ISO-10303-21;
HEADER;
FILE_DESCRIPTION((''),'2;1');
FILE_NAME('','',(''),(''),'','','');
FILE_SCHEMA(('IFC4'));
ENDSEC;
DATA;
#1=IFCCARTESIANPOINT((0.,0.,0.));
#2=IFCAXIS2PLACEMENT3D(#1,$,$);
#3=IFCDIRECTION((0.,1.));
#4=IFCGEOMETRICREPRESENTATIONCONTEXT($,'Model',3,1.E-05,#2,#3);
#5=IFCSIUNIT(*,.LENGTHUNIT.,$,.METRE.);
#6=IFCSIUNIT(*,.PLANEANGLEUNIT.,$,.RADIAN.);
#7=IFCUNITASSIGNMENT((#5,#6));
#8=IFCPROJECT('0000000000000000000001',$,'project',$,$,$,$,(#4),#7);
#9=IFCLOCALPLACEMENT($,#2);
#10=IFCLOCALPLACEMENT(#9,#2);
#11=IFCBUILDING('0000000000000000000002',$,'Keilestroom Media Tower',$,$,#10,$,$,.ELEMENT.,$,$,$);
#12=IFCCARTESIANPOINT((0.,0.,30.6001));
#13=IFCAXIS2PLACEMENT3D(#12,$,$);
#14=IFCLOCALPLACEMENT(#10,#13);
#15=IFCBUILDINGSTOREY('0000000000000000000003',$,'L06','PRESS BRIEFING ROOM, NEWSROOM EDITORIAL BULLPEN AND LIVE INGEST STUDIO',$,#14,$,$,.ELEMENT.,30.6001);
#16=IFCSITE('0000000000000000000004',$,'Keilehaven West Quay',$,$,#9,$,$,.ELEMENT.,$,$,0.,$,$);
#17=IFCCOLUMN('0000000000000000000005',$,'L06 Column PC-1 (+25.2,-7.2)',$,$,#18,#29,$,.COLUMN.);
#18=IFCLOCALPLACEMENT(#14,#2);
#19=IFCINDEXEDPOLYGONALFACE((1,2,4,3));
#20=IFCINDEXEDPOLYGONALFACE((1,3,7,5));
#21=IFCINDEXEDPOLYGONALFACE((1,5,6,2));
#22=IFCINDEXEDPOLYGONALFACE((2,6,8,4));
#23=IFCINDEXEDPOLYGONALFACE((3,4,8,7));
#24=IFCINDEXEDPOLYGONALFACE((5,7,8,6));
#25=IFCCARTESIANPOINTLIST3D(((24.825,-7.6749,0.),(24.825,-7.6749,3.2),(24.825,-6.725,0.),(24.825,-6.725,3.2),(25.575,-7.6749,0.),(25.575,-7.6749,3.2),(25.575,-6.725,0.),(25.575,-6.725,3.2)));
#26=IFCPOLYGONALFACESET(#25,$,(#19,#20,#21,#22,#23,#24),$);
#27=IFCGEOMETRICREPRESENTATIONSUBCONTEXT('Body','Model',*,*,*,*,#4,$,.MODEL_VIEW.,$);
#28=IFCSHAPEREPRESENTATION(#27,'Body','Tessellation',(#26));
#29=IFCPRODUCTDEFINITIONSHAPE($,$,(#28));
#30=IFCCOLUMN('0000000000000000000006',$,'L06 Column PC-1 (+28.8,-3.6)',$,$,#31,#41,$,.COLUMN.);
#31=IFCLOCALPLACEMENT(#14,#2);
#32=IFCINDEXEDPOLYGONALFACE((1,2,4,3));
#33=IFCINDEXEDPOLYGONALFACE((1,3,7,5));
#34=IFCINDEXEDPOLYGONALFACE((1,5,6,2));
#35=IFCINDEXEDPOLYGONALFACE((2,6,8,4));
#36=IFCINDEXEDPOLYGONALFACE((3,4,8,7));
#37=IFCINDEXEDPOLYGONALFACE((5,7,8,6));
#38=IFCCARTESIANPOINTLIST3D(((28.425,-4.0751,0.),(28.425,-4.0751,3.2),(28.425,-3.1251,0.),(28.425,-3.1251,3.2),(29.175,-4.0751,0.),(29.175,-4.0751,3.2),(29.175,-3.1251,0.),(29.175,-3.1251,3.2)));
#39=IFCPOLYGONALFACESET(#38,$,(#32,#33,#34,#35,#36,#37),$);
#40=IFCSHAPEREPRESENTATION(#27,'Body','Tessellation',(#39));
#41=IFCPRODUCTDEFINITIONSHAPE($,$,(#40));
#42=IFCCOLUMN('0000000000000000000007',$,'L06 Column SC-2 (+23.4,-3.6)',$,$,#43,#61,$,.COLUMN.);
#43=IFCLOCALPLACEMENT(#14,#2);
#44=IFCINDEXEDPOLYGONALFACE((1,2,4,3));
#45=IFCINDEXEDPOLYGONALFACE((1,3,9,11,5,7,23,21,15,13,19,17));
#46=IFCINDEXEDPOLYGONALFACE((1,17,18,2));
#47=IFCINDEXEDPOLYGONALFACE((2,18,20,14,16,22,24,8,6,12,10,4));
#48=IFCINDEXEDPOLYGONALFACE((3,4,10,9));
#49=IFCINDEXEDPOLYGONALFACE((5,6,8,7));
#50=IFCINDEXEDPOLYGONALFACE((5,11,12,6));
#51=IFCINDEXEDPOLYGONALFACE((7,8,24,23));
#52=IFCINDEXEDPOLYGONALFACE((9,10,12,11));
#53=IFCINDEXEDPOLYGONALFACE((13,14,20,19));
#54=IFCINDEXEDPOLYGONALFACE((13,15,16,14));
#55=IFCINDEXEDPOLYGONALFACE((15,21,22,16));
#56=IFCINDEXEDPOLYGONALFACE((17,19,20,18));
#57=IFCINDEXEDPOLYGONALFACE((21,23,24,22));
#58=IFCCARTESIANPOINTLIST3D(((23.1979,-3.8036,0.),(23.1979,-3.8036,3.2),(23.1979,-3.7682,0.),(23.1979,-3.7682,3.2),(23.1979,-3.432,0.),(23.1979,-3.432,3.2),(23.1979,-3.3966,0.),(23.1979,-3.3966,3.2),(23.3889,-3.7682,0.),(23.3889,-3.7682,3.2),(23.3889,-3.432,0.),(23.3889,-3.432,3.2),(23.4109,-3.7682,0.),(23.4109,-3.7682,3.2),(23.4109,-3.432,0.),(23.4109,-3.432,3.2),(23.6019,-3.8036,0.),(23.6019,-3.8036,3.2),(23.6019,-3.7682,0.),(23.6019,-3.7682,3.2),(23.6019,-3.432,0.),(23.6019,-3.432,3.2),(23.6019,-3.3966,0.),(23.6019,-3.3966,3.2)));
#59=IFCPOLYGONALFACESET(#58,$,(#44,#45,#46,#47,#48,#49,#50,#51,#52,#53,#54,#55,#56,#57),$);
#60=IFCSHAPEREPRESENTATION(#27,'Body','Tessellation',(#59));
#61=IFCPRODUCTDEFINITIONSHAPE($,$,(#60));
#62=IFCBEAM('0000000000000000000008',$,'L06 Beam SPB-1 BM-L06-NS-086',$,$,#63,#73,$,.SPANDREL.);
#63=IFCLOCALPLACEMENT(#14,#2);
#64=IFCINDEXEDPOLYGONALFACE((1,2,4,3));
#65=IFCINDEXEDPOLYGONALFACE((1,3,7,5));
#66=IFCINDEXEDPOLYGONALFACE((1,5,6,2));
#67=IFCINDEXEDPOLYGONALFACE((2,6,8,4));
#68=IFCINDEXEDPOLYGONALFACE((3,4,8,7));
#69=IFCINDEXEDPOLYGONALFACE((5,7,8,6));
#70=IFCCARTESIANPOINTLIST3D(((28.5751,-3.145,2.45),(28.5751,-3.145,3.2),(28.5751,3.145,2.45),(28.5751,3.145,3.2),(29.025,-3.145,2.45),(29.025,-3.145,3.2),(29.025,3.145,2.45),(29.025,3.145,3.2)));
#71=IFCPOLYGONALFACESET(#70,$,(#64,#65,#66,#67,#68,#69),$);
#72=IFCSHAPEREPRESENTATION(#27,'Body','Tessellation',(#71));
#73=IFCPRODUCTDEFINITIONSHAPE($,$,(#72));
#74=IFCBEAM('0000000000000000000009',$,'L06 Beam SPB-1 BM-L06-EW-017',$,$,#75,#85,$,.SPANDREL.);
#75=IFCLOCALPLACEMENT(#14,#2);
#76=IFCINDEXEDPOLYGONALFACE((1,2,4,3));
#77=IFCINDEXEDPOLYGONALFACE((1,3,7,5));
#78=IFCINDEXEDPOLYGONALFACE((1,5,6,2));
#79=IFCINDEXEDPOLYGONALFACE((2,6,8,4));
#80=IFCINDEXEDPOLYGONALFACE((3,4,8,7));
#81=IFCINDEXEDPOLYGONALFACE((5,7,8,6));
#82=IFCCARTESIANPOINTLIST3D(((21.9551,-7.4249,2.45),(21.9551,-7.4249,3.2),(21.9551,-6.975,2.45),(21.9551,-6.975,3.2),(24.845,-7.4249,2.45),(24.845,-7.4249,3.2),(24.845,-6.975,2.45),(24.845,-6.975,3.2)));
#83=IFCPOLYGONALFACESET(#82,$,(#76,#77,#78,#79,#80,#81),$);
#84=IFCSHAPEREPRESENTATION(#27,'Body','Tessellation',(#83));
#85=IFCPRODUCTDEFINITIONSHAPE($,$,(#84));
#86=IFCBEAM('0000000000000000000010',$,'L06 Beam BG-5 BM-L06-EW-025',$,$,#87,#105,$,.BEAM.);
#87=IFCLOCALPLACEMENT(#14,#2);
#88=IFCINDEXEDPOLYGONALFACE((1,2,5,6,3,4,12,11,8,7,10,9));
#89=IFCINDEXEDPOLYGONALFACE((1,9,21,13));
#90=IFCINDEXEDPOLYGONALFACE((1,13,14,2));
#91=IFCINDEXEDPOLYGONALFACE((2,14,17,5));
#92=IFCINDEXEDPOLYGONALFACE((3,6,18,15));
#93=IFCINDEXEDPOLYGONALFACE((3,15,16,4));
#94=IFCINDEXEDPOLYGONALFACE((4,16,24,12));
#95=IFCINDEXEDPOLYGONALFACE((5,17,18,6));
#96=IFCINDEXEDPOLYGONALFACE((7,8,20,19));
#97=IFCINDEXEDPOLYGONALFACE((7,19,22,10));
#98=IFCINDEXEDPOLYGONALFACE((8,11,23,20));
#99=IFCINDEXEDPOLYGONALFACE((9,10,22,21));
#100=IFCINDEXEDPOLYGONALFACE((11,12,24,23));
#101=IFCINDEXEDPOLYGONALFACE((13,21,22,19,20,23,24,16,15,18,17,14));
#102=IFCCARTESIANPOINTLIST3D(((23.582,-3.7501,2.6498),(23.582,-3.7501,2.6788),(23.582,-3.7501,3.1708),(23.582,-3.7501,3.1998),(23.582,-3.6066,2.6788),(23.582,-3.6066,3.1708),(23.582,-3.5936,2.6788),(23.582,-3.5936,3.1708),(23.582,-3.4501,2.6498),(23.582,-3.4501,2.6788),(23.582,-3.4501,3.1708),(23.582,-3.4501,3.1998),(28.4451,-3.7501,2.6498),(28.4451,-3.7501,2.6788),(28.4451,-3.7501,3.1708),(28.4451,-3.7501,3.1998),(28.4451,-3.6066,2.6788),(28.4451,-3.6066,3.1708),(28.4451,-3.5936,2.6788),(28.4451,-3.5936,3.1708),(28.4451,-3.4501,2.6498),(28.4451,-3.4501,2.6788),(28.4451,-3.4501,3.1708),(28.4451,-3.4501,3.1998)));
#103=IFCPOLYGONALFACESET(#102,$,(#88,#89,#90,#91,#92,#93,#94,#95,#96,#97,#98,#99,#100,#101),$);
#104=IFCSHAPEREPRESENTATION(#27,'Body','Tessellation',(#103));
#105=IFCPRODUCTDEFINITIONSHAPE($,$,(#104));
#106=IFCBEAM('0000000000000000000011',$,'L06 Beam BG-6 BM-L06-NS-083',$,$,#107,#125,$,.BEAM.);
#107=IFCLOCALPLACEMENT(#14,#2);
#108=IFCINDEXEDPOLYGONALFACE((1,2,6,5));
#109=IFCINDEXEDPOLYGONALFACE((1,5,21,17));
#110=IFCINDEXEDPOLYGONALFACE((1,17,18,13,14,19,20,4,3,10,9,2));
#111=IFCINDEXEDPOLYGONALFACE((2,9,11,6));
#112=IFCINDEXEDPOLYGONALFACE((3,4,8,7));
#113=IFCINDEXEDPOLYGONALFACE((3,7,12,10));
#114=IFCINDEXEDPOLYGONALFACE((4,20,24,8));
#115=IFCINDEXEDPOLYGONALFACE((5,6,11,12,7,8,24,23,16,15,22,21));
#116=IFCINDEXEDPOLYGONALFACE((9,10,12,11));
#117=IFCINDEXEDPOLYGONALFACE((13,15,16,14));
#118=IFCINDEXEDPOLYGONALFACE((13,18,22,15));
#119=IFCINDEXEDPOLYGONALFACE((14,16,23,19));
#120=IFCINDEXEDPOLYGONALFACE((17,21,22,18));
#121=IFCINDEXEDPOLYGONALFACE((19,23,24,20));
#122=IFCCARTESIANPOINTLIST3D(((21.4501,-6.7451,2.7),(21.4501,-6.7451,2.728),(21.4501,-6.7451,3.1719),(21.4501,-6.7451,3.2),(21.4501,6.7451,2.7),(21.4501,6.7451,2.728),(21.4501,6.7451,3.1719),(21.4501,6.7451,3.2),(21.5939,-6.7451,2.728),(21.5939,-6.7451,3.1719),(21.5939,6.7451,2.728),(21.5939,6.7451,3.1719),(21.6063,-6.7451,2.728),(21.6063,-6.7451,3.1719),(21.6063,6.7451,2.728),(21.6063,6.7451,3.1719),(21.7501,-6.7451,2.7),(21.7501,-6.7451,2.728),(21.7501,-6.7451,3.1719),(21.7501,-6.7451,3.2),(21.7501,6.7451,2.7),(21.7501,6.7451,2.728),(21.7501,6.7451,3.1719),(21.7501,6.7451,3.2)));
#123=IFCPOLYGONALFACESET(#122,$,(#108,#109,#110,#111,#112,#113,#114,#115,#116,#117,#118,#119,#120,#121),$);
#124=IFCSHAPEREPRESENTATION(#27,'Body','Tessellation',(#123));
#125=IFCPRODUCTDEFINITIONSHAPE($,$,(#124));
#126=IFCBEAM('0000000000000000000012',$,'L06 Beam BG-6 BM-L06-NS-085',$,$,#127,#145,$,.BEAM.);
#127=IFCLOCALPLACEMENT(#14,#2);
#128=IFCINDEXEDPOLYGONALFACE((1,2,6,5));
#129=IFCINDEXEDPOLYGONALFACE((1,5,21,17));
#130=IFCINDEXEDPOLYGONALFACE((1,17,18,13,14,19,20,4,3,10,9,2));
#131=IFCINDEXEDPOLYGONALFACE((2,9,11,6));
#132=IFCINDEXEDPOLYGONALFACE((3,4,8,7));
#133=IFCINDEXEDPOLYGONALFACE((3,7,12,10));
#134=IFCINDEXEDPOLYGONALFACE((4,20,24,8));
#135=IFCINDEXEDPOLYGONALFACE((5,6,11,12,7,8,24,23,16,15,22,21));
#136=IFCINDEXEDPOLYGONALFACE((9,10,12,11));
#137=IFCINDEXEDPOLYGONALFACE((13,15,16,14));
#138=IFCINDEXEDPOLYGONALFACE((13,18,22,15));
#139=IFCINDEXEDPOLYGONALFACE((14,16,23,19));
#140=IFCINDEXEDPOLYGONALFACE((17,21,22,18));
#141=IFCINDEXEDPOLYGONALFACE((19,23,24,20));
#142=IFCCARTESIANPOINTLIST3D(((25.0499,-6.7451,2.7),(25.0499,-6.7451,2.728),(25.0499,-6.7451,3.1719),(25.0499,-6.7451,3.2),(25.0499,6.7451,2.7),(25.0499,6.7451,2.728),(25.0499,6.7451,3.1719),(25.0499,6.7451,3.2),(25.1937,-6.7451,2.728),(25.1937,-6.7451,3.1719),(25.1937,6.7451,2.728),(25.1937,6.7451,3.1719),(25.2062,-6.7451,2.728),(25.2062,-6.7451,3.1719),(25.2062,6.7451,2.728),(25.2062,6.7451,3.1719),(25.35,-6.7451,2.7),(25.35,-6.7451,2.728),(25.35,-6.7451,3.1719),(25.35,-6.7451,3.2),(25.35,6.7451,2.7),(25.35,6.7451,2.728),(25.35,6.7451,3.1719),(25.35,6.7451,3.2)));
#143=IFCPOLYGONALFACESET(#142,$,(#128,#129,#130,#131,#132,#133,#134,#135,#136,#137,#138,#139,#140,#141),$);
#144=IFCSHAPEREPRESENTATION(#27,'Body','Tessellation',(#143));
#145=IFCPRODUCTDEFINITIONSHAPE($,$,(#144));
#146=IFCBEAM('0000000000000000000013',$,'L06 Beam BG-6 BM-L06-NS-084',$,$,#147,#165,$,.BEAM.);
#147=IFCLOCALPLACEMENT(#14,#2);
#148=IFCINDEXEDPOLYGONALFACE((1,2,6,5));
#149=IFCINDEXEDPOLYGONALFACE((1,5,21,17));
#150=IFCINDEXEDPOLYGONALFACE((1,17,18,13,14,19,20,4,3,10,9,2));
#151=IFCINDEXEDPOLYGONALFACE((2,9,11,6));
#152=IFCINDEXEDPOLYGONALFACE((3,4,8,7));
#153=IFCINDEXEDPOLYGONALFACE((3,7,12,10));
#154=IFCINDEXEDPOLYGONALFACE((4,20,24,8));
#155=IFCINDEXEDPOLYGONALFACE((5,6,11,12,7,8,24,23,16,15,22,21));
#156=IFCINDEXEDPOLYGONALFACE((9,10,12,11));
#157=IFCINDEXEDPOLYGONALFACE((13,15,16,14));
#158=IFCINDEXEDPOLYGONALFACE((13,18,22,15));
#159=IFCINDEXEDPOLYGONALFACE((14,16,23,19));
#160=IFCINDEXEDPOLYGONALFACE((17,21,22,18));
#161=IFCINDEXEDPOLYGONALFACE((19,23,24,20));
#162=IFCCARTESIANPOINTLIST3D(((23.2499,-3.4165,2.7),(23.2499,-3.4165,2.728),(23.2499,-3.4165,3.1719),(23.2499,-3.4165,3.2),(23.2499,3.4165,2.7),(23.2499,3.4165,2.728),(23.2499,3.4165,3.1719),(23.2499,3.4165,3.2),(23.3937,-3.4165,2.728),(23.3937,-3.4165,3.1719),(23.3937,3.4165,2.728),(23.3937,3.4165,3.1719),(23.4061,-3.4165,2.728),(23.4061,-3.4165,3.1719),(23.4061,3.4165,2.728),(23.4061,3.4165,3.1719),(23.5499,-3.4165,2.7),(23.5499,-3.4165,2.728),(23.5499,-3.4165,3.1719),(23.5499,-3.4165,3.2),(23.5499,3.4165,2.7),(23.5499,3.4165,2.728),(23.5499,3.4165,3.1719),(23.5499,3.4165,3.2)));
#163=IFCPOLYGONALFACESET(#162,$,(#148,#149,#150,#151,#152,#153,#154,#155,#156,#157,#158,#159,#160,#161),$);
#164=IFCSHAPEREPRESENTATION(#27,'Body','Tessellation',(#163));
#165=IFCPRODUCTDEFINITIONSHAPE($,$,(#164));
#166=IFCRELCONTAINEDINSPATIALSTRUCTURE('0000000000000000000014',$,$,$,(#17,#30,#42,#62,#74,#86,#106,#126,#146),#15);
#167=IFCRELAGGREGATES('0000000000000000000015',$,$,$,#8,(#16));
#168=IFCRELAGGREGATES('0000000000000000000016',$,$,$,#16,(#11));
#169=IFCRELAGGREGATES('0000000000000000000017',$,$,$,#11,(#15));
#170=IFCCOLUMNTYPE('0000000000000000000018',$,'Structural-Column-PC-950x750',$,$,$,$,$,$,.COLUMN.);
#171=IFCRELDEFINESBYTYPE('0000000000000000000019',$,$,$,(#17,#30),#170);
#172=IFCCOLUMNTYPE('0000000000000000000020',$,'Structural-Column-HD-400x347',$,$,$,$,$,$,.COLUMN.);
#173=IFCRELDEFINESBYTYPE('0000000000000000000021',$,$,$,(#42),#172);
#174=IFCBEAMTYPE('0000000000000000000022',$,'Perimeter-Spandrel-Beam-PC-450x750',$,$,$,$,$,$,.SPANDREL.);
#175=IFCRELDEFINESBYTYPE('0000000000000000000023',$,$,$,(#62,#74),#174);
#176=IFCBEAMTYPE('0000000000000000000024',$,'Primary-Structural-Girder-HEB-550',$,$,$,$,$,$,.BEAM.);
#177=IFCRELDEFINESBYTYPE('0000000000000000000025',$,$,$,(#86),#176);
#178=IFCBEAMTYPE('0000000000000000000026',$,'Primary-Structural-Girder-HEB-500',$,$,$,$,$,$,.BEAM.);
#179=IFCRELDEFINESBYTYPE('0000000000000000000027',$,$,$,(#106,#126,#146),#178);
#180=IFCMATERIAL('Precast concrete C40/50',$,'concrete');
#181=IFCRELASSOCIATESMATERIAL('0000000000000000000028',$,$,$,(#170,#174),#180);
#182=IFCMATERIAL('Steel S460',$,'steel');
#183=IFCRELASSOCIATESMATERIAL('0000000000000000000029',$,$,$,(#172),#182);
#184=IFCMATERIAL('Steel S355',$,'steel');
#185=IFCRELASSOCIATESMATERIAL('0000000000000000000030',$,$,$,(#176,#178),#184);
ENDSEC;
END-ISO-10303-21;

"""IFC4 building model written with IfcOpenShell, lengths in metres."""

from ifc_helpers import new_model, si_unit, direction, frame, origin, origin_2d, place, context, subcontext, project, spatial, rectangle, i_section, extrude, source, transform, mapped, material, material_profile, profile_set, type_object, element, save


model = new_model("IFC4")

# Units and contexts
model_context = context("Model", 3, precision=1e-05, world=origin(), true_north=direction((0.0, 1.0)))
body_context = subcontext(model_context, "Body", "Model", "MODEL_VIEW")
ifc_project = project(units=[si_unit("LENGTHUNIT", "METRE"), si_unit("PLANEANGLEUNIT", "RADIAN")], contexts=[model_context])

# Site, building, storey
site_placement = place(None, origin())
site = spatial("IfcSite", under=ifc_project, at=site_placement, Name="Keilehaven West Quay", CompositionType="ELEMENT", RefElevation=0.0)
building_placement = place(site_placement, origin())
building = spatial("IfcBuilding", under=site, at=building_placement, Name="Keilestroom Media Tower", CompositionType="ELEMENT")
storey_placement = place(building_placement, frame((0.0, 0.0, 30.6001)))
storey = spatial("IfcBuildingStorey", under=building, at=storey_placement, Name="L06", Description="PRESS BRIEFING ROOM, NEWSROOM EDITORIAL BULLPEN AND LIVE INGEST STUDIO", CompositionType="ELEMENT", Elevation=30.6001)

# Columns
ifc_material_1 = material(Name="Precast concrete C40/50", Category="concrete")
ifc_material_profile_1 = material_profile(ifc_material_1, rectangle(XDim=0.75, YDim=0.95, at=origin_2d()), Name="PC 950x750")
ifc_profile_set_1 = profile_set([ifc_material_profile_1], Name="Precast concrete C40/50")
column_type_1 = type_object("IfcColumnType", Name="Structural-Column-PC-950x750", PredefinedType="COLUMN", material=ifc_profile_set_1)
shared_shape_1 = source(origin(), body_context, "Body", "SweptSolid", [
    extrude(rectangle(XDim=0.75, YDim=0.95, at=origin_2d()), origin(), (0.0, 0.0, 1.0), 3.2),
])
for number, where, z_axis, x_axis, name in (
    (1, (25.2, -7.2, 0.0), (0.0, 0.0, 1.0), (1.0, 0.0, 0.0), "L06 Column PC-1 (+25.2,-7.2)"),
    (2, (28.8, -3.6001, 0.0), (0.0, 0.0, 1.0), (1.0, 0.0, 0.0), "L06 Column PC-1 (+28.8,-3.6)"),
):
    element("IfcColumn", number, at=place(storey_placement, frame(where, z_axis=z_axis, x_axis=x_axis)), inside=storey, type_object=column_type_1, Name=name, PredefinedType="COLUMN", context=body_context, shape_type="MappedRepresentation", body=[
        mapped(shared_shape_1, transform((0.0, 0.0, 0.0), x_axis=(1.0, 0.0, 0.0), y_axis=(0.0, 1.0, 0.0), z_axis=(0.0, 0.0, 1.0), scale=1.0)),
    ])
ifc_material_2 = material(Name="Steel S460", Category="steel")
ifc_material_profile_2 = material_profile(ifc_material_2, i_section(OverallWidth=0.4041, OverallDepth=0.407, WebThickness=0.022, FlangeThickness=0.0354, at=origin_2d()), Name="HD 400x347")
ifc_profile_set_2 = profile_set([ifc_material_profile_2], Name="Steel S460")
column_type_2 = type_object("IfcColumnType", Name="Structural-Column-HD-400x347", PredefinedType="COLUMN", material=ifc_profile_set_2)
shared_shape_2 = source(origin(), body_context, "Body", "SweptSolid", [
    extrude(i_section(OverallWidth=0.4041, OverallDepth=0.407, WebThickness=0.022, FlangeThickness=0.0354, at=origin_2d()), origin(), (0.0, 0.0, 1.0), 3.2),
])
column_placement = place(storey_placement, frame((23.3999, -3.6001, 0.0), z_axis=(0.0, 0.0, 1.0), x_axis=(1.0, 0.0, 0.0)))
element("IfcColumn", 3, at=column_placement, inside=storey, type_object=column_type_2, Name="L06 Column SC-2 (+23.4,-3.6)", PredefinedType="COLUMN", context=body_context, shape_type="MappedRepresentation", body=[
    mapped(shared_shape_2, transform((0.0, 0.0, 0.0), x_axis=(1.0, 0.0, 0.0), y_axis=(0.0, 1.0, 0.0), z_axis=(0.0, 0.0, 1.0), scale=1.0)),
])

# Beams
ifc_material_profile_3 = material_profile(ifc_material_1, rectangle(XDim=0.45, YDim=0.75, at=origin_2d()), Name="PC 450x750")
ifc_profile_set_3 = profile_set([ifc_material_profile_3], Name="Precast concrete C40/50")
beam_type_1 = type_object("IfcBeamType", Name="Perimeter-Spandrel-Beam-PC-450x750", PredefinedType="SPANDREL", material=ifc_profile_set_3)
shared_shape_3 = source(origin(), body_context, "Body", "SweptSolid", [
    extrude(rectangle(XDim=0.45, YDim=0.75, at=origin_2d()), origin(), (0.0, 0.0, 1.0), 6.29),
])
beam_1_placement = place(storey_placement, frame((28.8, -3.145, 2.825), z_axis=(0.0, 1.0, 0.0), x_axis=(-1.0, 0.0, 0.0)))
element("IfcBeam", 4, at=beam_1_placement, inside=storey, type_object=beam_type_1, Name="L06 Beam SPB-1 BM-L06-NS-086", PredefinedType="SPANDREL", context=body_context, shape_type="MappedRepresentation", body=[
    mapped(shared_shape_3, transform((0.0, 0.0, 0.0), x_axis=(1.0, 0.0, 0.0), y_axis=(0.0, 1.0, 0.0), z_axis=(0.0, 0.0, 1.0), scale=1.0)),
])
shared_shape_4 = source(origin(), body_context, "Body", "SweptSolid", [
    extrude(rectangle(XDim=0.45, YDim=0.75, at=origin_2d()), origin(), (0.0, 0.0, 1.0), 2.8899),
])
beam_2_placement = place(storey_placement, frame((21.9551, -7.2, 2.825), z_axis=(1.0, 0.0, 0.0), x_axis=(0.0, 1.0, 0.0)))
element("IfcBeam", 5, at=beam_2_placement, inside=storey, type_object=beam_type_1, Name="L06 Beam SPB-1 BM-L06-EW-017", PredefinedType="SPANDREL", context=body_context, shape_type="MappedRepresentation", body=[
    mapped(shared_shape_4, transform((0.0, 0.0, 0.0), x_axis=(1.0, 0.0, 0.0), y_axis=(0.0, 1.0, 0.0), z_axis=(0.0, 0.0, 1.0), scale=1.0)),
])
ifc_material_3 = material(Name="Steel S355", Category="steel")
ifc_material_profile_4 = material_profile(ifc_material_3, i_section(OverallWidth=0.3, OverallDepth=0.55, WebThickness=0.0129, FlangeThickness=0.0291, at=origin_2d()), Name="HEB 550")
ifc_profile_set_4 = profile_set([ifc_material_profile_4], Name="Steel S355")
beam_type_2 = type_object("IfcBeamType", Name="Primary-Structural-Girder-HEB-550", PredefinedType="BEAM", material=ifc_profile_set_4)
shared_shape_5 = source(origin(), body_context, "Body", "SweptSolid", [
    extrude(i_section(OverallWidth=0.3, OverallDepth=0.55, WebThickness=0.0129, FlangeThickness=0.0291, at=origin_2d()), origin(), (0.0, 0.0, 1.0), 4.863),
])
beam_3_placement = place(storey_placement, frame((23.582, -3.6001, 2.9248), z_axis=(1.0, 0.0, 0.0), x_axis=(0.0, 1.0, 0.0)))
element("IfcBeam", 6, at=beam_3_placement, inside=storey, type_object=beam_type_2, Name="L06 Beam BG-5 BM-L06-EW-025", PredefinedType="BEAM", context=body_context, shape_type="MappedRepresentation", body=[
    mapped(shared_shape_5, transform((0.0, 0.0, 0.0), x_axis=(1.0, 0.0, 0.0), y_axis=(0.0, 1.0, 0.0), z_axis=(0.0, 0.0, 1.0), scale=1.0)),
])
ifc_material_profile_5 = material_profile(ifc_material_3, i_section(OverallWidth=0.3, OverallDepth=0.5, WebThickness=0.0125, FlangeThickness=0.0281, at=origin_2d()), Name="HEB 500")
ifc_profile_set_5 = profile_set([ifc_material_profile_5], Name="Steel S355")
beam_type_3 = type_object("IfcBeamType", Name="Primary-Structural-Girder-HEB-500", PredefinedType="BEAM", material=ifc_profile_set_5)
shared_shape_6 = source(origin(), body_context, "Body", "SweptSolid", [
    extrude(i_section(OverallWidth=0.3, OverallDepth=0.5, WebThickness=0.0125, FlangeThickness=0.0281, at=origin_2d()), origin(), (0.0, 0.0, 1.0), 13.4902),
])
for number, where, z_axis, x_axis, name in (
    (7, (21.6001, -6.7451, 2.95), (0.0, 1.0, 0.0), (-1.0, 0.0, 0.0), "L06 Beam BG-6 BM-L06-NS-083"),
    (8, (25.2, -6.7451, 2.95), (0.0, 1.0, 0.0), (-1.0, 0.0, 0.0), "L06 Beam BG-6 BM-L06-NS-085"),
):
    element("IfcBeam", number, at=place(storey_placement, frame(where, z_axis=z_axis, x_axis=x_axis)), inside=storey, type_object=beam_type_3, Name=name, PredefinedType="BEAM", context=body_context, shape_type="MappedRepresentation", body=[
        mapped(shared_shape_6, transform((0.0, 0.0, 0.0), x_axis=(1.0, 0.0, 0.0), y_axis=(0.0, 1.0, 0.0), z_axis=(0.0, 0.0, 1.0), scale=1.0)),
    ])
shared_shape_7 = source(origin(), body_context, "Body", "SweptSolid", [
    extrude(i_section(OverallWidth=0.3, OverallDepth=0.5, WebThickness=0.0125, FlangeThickness=0.0281, at=origin_2d()), origin(), (0.0, 0.0, 1.0), 6.833),
])
beam_4_placement = place(storey_placement, frame((23.3999, -3.4165, 2.95), z_axis=(0.0, 1.0, 0.0), x_axis=(-1.0, 0.0, 0.0)))
element("IfcBeam", 9, at=beam_4_placement, inside=storey, type_object=beam_type_3, Name="L06 Beam BG-6 BM-L06-NS-084", PredefinedType="BEAM", context=body_context, shape_type="MappedRepresentation", body=[
    mapped(shared_shape_7, transform((0.0, 0.0, 0.0), x_axis=(1.0, 0.0, 0.0), y_axis=(0.0, 1.0, 0.0), z_axis=(0.0, 0.0, 1.0), scale=1.0)),
])

save(model, "model.ifc")
